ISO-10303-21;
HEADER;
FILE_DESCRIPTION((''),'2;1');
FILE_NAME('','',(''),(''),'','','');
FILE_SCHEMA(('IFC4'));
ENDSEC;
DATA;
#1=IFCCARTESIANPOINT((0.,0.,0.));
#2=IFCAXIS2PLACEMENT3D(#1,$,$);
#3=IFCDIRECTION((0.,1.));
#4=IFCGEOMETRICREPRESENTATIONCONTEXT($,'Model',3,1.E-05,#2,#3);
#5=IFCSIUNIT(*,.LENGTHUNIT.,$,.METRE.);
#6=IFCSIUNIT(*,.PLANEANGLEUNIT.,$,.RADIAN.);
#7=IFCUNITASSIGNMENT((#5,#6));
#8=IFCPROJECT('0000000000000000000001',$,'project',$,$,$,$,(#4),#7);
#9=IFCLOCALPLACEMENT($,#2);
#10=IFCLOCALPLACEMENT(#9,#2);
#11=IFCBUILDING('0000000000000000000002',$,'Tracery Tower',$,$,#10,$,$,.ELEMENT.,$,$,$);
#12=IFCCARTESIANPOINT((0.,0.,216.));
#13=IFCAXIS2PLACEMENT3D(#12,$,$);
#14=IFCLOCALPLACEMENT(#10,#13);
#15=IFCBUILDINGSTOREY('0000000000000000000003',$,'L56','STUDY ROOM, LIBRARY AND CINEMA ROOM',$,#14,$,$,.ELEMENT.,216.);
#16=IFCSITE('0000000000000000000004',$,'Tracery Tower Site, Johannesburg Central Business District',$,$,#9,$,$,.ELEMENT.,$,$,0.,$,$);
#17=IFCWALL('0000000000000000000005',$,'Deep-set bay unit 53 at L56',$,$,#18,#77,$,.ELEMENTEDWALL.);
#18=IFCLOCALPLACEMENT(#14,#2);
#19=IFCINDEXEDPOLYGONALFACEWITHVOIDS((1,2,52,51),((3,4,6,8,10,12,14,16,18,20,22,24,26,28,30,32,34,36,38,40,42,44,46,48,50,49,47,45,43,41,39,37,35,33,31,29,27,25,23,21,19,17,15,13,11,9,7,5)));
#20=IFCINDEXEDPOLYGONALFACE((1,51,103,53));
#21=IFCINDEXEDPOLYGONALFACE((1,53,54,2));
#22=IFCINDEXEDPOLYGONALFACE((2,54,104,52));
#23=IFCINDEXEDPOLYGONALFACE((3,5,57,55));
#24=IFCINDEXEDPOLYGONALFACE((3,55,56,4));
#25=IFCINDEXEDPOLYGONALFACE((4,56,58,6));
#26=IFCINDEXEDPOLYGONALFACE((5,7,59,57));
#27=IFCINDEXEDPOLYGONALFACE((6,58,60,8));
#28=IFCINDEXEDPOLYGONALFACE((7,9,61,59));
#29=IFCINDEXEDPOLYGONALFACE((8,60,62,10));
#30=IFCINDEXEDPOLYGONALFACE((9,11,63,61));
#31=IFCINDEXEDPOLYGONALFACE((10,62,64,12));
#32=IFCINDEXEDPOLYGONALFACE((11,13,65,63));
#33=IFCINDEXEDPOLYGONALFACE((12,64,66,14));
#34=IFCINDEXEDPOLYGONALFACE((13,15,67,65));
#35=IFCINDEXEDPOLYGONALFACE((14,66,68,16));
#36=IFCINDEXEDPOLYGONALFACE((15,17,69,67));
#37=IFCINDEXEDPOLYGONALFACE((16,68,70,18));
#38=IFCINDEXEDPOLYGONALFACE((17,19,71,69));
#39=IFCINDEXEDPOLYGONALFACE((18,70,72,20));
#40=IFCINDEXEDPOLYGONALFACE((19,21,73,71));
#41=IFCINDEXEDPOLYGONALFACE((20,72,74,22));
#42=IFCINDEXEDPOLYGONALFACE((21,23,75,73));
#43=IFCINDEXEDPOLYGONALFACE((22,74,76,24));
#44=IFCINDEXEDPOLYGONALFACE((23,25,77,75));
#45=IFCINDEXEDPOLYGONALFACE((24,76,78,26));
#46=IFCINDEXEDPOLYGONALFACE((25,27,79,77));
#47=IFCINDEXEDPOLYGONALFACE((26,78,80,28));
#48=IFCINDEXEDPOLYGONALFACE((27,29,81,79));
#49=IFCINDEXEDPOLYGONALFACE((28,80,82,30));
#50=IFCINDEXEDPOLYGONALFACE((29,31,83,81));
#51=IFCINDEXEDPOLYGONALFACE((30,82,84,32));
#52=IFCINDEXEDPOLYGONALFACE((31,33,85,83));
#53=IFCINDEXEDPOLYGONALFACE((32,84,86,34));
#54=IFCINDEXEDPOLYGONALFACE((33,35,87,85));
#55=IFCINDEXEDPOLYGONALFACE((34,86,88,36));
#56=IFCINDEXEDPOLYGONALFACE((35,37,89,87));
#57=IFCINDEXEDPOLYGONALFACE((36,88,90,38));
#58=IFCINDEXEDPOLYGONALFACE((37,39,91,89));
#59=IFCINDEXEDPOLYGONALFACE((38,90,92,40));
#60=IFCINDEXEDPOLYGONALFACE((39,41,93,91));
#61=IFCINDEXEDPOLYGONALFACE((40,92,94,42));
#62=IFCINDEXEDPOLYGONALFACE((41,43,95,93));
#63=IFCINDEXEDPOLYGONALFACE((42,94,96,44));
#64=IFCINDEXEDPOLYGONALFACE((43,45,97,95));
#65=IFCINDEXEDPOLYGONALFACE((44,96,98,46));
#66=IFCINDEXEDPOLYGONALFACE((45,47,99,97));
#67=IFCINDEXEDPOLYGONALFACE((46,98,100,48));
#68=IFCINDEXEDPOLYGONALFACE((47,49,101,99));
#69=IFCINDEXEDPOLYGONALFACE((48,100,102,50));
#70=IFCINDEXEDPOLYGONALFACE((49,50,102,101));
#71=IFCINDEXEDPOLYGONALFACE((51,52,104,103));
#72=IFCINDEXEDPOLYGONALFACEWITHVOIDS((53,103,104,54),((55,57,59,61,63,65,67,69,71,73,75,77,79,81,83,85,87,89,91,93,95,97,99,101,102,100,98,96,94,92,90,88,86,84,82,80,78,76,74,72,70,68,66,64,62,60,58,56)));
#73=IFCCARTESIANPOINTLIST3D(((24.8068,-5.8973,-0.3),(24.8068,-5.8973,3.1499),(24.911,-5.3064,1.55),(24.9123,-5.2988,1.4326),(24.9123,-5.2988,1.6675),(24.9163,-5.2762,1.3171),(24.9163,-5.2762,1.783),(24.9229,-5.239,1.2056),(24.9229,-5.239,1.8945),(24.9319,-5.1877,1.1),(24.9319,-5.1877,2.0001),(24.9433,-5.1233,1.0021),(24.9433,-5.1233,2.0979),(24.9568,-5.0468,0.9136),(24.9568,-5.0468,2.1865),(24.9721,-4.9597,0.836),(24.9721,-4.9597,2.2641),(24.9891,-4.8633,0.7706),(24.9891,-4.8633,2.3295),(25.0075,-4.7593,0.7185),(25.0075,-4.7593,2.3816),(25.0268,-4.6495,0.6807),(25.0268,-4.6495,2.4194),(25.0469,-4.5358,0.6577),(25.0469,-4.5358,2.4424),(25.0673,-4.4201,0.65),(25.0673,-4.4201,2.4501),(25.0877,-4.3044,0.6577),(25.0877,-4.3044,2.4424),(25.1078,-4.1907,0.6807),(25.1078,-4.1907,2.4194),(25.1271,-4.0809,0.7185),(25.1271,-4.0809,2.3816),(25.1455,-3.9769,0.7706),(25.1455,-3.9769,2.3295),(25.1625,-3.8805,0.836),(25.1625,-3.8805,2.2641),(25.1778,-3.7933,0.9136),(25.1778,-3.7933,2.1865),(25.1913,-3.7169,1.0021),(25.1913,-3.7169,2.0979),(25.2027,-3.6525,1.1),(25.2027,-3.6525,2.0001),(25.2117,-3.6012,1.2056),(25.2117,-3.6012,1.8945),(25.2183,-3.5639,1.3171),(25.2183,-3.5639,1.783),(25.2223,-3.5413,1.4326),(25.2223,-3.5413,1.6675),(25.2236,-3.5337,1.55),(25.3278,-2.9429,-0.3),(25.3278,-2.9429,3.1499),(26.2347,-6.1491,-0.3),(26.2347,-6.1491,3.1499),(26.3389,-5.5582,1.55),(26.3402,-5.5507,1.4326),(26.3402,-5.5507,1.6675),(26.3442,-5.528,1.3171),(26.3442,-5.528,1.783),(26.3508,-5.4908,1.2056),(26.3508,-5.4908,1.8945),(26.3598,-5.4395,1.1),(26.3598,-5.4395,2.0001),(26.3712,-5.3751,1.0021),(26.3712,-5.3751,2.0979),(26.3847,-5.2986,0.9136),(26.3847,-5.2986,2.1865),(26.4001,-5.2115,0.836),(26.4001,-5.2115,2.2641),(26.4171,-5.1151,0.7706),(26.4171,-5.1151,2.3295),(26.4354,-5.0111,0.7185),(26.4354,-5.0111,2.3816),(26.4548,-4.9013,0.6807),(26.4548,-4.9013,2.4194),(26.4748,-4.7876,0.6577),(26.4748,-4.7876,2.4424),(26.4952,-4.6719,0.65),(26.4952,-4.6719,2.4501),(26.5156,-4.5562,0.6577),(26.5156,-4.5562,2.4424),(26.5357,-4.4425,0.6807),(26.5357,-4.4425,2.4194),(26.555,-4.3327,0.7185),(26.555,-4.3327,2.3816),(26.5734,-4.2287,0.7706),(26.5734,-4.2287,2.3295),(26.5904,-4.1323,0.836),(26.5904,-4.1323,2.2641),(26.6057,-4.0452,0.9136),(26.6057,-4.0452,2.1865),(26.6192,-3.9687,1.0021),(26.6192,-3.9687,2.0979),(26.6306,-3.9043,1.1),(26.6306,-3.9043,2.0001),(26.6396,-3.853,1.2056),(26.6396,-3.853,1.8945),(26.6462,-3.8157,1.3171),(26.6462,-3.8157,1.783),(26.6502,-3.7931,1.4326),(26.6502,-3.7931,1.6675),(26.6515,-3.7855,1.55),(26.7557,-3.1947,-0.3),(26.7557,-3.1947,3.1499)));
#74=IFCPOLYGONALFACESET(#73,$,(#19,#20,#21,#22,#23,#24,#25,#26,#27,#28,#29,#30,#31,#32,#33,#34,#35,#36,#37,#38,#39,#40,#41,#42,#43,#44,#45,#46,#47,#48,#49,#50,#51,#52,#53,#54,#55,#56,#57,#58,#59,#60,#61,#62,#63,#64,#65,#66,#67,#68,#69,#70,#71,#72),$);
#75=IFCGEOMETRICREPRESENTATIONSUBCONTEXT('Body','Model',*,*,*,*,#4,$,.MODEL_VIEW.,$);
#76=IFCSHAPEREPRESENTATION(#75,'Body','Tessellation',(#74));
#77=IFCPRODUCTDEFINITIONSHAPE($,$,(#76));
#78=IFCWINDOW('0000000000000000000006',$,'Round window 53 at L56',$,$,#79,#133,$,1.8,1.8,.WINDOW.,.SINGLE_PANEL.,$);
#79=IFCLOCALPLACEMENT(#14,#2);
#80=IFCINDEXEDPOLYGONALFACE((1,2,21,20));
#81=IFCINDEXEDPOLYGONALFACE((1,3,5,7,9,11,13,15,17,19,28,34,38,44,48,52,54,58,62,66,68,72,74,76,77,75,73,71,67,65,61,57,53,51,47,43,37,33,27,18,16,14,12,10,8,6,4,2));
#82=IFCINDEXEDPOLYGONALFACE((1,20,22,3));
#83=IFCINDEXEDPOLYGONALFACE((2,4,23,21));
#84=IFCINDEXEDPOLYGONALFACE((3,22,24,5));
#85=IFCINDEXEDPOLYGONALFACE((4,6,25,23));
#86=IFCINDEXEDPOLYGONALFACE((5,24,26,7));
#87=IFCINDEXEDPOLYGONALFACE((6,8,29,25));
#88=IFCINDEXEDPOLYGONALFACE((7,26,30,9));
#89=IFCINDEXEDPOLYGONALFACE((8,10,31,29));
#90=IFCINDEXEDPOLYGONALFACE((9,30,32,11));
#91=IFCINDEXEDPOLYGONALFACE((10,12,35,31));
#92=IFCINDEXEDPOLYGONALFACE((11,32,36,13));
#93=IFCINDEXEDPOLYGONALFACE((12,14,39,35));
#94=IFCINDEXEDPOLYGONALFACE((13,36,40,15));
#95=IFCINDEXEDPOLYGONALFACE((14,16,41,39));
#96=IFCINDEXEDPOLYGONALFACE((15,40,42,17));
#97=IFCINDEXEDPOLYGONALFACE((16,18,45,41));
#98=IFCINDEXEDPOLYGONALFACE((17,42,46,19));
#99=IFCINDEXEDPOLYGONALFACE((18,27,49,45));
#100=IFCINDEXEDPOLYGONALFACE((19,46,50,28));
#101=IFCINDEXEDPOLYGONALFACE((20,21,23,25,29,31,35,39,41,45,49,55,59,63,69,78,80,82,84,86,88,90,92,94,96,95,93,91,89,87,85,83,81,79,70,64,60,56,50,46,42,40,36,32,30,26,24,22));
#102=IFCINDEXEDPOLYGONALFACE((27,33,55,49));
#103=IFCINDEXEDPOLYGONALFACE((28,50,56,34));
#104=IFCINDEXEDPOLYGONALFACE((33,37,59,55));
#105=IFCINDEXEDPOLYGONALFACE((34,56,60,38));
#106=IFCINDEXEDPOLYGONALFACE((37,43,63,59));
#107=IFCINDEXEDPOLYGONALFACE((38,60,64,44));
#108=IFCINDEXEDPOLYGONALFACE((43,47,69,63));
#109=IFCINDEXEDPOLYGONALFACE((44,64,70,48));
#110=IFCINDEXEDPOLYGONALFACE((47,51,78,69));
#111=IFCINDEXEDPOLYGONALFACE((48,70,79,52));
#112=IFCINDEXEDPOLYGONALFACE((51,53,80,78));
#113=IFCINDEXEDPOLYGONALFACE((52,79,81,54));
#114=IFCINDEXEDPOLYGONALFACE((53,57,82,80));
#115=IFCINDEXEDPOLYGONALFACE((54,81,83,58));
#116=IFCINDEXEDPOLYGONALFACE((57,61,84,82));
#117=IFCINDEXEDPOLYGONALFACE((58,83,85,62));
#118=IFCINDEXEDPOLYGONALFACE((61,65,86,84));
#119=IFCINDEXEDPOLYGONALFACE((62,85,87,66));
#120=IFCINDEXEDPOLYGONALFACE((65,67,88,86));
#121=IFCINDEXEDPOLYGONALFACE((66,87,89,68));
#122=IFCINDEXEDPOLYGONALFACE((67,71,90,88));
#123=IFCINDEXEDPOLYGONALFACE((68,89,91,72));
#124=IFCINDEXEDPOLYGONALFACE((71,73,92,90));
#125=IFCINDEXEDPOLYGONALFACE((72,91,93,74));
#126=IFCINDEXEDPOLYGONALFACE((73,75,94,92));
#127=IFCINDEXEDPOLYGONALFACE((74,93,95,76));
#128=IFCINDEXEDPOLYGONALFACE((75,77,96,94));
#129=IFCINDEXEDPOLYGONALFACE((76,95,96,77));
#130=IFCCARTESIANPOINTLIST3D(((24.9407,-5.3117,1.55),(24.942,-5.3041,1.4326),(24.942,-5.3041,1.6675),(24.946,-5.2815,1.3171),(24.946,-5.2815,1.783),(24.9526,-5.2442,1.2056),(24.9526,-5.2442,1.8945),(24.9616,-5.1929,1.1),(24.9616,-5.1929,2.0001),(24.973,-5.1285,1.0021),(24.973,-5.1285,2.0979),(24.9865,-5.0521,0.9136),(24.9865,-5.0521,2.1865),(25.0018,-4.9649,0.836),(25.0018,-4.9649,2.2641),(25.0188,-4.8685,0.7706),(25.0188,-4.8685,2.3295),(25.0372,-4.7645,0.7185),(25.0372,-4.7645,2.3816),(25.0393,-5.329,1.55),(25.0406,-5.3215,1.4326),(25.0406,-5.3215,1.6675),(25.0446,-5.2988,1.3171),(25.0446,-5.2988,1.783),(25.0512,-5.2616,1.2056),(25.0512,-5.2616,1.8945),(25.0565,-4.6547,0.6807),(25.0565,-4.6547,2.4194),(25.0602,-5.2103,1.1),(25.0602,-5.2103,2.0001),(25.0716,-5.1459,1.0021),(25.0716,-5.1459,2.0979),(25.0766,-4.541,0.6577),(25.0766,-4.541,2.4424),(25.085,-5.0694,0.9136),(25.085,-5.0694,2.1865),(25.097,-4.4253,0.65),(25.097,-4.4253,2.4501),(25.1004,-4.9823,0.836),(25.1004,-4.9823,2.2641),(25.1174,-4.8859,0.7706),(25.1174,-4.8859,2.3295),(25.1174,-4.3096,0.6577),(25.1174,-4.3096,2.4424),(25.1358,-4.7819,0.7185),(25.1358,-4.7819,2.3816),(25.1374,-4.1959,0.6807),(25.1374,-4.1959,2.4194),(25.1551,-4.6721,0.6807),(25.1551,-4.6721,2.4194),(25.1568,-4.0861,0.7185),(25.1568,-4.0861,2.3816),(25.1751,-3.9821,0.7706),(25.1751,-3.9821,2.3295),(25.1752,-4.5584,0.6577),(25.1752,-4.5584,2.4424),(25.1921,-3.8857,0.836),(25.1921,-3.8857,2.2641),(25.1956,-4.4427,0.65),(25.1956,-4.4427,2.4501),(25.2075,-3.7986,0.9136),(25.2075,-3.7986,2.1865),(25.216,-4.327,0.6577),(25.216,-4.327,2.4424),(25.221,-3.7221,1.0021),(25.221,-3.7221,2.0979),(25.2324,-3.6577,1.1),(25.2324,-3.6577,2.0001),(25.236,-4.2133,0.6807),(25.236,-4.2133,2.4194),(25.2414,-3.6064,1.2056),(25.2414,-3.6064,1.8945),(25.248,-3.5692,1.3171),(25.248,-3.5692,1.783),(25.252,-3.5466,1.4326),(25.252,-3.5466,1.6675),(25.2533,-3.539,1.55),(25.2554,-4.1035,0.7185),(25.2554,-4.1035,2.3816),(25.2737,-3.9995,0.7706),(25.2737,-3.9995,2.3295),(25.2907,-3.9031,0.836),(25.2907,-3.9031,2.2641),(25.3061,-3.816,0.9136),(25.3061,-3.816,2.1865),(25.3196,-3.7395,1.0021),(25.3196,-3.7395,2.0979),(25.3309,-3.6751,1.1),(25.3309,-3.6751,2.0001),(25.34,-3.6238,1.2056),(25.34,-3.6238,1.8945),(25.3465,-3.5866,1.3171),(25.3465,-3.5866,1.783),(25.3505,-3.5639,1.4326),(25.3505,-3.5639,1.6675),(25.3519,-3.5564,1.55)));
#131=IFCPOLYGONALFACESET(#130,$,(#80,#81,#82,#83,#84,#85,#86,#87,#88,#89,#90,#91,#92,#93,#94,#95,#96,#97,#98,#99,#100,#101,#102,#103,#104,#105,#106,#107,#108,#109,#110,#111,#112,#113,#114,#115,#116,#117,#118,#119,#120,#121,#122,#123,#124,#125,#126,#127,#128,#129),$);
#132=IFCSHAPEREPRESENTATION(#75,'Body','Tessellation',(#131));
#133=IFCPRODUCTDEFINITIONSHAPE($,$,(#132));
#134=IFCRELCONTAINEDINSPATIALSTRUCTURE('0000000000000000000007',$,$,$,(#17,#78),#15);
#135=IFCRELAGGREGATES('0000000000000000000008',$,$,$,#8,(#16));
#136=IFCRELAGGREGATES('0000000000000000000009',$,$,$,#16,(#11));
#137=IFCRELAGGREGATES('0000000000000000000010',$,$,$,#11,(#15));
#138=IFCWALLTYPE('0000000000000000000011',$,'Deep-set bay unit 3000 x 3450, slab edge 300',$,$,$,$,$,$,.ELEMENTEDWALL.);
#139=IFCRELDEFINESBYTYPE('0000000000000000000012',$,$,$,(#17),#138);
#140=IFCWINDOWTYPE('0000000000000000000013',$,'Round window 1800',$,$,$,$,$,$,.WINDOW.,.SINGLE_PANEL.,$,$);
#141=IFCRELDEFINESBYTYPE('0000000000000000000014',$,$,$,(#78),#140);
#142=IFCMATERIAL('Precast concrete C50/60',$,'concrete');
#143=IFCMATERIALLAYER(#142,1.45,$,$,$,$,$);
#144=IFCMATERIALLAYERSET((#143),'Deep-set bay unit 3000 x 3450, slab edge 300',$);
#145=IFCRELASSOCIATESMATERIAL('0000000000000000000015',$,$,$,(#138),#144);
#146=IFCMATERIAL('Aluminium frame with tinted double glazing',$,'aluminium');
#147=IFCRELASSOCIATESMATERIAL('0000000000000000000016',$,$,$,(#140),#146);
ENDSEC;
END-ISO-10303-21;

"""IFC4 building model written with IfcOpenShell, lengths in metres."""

from ifc_helpers import new_model, si_unit, direction, frame, frame_2d, origin, origin_2d, place, context, subcontext, project, spatial, rectangle, circle, extrude, material, layer, layer_set, type_object, element, fill, save


model = new_model("IFC4")

# Units and contexts
model_context = context("Model", 3, precision=1e-05, world=origin(), true_north=direction((0.0, 1.0)))
body_context = subcontext(model_context, "Body", "Model", "MODEL_VIEW")
ifc_project = project(units=[si_unit("LENGTHUNIT", "METRE"), si_unit("PLANEANGLEUNIT", "RADIAN")], contexts=[model_context])

# Site, building, storey
site_placement = place(None, origin())
site = spatial("IfcSite", under=ifc_project, at=site_placement, Name="Tracery Tower Site, Johannesburg Central Business District", CompositionType="ELEMENT", RefElevation=0.0)
building_placement = place(site_placement, origin())
building = spatial("IfcBuilding", under=site, at=building_placement, Name="Tracery Tower", CompositionType="ELEMENT")
storey_placement = place(building_placement, frame((0.0, 0.0, 216.0)))
storey = spatial("IfcBuildingStorey", under=building, at=storey_placement, Name="L56", Description="STUDY ROOM, LIBRARY AND CINEMA ROOM", CompositionType="ELEMENT", Elevation=216.0)

# Wall, opening, window
ifc_material_1 = material(Name="Precast concrete C50/60", Category="concrete")
ifc_layer_1 = layer(ifc_material_1, 1.45)
ifc_layer_set_1 = layer_set([ifc_layer_1], Name="Deep-set bay unit 3000 x 3450, slab edge 300")
wall_type_1 = type_object("IfcWallType", Name="Deep-set bay unit 3000 x 3450, slab edge 300", PredefinedType="ELEMENTEDWALL", material=ifc_layer_set_1)
wall_1_placement = place(storey_placement, frame((25.5208, -6.0232, -0.3), z_axis=(0.0, 0.0, 1.0), x_axis=(0.173669, 0.984804, 0.0)))
wall_1 = element("IfcWall", 1, at=wall_1_placement, inside=storey, type_object=wall_type_1, Name="Deep-set bay unit 53 at L56", PredefinedType="ELEMENTEDWALL", context=body_context, shape_type="SweptSolid", body=[
    extrude(rectangle(XDim=3.0, YDim=1.45, at=frame_2d((1.5, 0.0))), origin(), (0.0, 0.0, 1.0), 3.45),
])
opening_1_placement = place(wall_1_placement, frame((1.5, 0.0, 1.8501)))
opening_1 = element("IfcOpeningElement", 2, at=opening_1_placement, cuts=wall_1, PredefinedType="OPENING", context=body_context, shape_type="SweptSolid", body=[
    extrude(circle(Radius=0.9, at=origin_2d()), frame((0.0, 0.7349, 0.0), z_axis=(0.0, -1.0, 0.0), x_axis=(1.0, 0.0, 0.0)), (0.0, 0.0, 1.0), 1.47),
])
ifc_material_2 = material(Name="Aluminium frame with tinted double glazing", Category="aluminium")
window_type = type_object("IfcWindowType", Name="Round window 1800", PartitioningType="SINGLE_PANEL", PredefinedType="WINDOW", material=ifc_material_2)
window_1_placement = place(opening_1_placement, origin())
window_1 = element("IfcWindow", 3, at=window_1_placement, inside=storey, type_object=window_type, Name="Round window 53 at L56", OverallHeight=1.8, OverallWidth=1.8, PartitioningType="SINGLE_PANEL", PredefinedType="WINDOW", context=body_context, shape_type="SweptSolid", body=[
    extrude(circle(Radius=0.9, at=origin_2d()), frame((0.0, 0.6948, 0.0), z_axis=(0.0, -1.0, 0.0), x_axis=(1.0, 0.0, 0.0)), (0.0, 0.0, 1.0), 0.1001),
])
fill(opening_1, window_1)

save(model, "model.ifc")
